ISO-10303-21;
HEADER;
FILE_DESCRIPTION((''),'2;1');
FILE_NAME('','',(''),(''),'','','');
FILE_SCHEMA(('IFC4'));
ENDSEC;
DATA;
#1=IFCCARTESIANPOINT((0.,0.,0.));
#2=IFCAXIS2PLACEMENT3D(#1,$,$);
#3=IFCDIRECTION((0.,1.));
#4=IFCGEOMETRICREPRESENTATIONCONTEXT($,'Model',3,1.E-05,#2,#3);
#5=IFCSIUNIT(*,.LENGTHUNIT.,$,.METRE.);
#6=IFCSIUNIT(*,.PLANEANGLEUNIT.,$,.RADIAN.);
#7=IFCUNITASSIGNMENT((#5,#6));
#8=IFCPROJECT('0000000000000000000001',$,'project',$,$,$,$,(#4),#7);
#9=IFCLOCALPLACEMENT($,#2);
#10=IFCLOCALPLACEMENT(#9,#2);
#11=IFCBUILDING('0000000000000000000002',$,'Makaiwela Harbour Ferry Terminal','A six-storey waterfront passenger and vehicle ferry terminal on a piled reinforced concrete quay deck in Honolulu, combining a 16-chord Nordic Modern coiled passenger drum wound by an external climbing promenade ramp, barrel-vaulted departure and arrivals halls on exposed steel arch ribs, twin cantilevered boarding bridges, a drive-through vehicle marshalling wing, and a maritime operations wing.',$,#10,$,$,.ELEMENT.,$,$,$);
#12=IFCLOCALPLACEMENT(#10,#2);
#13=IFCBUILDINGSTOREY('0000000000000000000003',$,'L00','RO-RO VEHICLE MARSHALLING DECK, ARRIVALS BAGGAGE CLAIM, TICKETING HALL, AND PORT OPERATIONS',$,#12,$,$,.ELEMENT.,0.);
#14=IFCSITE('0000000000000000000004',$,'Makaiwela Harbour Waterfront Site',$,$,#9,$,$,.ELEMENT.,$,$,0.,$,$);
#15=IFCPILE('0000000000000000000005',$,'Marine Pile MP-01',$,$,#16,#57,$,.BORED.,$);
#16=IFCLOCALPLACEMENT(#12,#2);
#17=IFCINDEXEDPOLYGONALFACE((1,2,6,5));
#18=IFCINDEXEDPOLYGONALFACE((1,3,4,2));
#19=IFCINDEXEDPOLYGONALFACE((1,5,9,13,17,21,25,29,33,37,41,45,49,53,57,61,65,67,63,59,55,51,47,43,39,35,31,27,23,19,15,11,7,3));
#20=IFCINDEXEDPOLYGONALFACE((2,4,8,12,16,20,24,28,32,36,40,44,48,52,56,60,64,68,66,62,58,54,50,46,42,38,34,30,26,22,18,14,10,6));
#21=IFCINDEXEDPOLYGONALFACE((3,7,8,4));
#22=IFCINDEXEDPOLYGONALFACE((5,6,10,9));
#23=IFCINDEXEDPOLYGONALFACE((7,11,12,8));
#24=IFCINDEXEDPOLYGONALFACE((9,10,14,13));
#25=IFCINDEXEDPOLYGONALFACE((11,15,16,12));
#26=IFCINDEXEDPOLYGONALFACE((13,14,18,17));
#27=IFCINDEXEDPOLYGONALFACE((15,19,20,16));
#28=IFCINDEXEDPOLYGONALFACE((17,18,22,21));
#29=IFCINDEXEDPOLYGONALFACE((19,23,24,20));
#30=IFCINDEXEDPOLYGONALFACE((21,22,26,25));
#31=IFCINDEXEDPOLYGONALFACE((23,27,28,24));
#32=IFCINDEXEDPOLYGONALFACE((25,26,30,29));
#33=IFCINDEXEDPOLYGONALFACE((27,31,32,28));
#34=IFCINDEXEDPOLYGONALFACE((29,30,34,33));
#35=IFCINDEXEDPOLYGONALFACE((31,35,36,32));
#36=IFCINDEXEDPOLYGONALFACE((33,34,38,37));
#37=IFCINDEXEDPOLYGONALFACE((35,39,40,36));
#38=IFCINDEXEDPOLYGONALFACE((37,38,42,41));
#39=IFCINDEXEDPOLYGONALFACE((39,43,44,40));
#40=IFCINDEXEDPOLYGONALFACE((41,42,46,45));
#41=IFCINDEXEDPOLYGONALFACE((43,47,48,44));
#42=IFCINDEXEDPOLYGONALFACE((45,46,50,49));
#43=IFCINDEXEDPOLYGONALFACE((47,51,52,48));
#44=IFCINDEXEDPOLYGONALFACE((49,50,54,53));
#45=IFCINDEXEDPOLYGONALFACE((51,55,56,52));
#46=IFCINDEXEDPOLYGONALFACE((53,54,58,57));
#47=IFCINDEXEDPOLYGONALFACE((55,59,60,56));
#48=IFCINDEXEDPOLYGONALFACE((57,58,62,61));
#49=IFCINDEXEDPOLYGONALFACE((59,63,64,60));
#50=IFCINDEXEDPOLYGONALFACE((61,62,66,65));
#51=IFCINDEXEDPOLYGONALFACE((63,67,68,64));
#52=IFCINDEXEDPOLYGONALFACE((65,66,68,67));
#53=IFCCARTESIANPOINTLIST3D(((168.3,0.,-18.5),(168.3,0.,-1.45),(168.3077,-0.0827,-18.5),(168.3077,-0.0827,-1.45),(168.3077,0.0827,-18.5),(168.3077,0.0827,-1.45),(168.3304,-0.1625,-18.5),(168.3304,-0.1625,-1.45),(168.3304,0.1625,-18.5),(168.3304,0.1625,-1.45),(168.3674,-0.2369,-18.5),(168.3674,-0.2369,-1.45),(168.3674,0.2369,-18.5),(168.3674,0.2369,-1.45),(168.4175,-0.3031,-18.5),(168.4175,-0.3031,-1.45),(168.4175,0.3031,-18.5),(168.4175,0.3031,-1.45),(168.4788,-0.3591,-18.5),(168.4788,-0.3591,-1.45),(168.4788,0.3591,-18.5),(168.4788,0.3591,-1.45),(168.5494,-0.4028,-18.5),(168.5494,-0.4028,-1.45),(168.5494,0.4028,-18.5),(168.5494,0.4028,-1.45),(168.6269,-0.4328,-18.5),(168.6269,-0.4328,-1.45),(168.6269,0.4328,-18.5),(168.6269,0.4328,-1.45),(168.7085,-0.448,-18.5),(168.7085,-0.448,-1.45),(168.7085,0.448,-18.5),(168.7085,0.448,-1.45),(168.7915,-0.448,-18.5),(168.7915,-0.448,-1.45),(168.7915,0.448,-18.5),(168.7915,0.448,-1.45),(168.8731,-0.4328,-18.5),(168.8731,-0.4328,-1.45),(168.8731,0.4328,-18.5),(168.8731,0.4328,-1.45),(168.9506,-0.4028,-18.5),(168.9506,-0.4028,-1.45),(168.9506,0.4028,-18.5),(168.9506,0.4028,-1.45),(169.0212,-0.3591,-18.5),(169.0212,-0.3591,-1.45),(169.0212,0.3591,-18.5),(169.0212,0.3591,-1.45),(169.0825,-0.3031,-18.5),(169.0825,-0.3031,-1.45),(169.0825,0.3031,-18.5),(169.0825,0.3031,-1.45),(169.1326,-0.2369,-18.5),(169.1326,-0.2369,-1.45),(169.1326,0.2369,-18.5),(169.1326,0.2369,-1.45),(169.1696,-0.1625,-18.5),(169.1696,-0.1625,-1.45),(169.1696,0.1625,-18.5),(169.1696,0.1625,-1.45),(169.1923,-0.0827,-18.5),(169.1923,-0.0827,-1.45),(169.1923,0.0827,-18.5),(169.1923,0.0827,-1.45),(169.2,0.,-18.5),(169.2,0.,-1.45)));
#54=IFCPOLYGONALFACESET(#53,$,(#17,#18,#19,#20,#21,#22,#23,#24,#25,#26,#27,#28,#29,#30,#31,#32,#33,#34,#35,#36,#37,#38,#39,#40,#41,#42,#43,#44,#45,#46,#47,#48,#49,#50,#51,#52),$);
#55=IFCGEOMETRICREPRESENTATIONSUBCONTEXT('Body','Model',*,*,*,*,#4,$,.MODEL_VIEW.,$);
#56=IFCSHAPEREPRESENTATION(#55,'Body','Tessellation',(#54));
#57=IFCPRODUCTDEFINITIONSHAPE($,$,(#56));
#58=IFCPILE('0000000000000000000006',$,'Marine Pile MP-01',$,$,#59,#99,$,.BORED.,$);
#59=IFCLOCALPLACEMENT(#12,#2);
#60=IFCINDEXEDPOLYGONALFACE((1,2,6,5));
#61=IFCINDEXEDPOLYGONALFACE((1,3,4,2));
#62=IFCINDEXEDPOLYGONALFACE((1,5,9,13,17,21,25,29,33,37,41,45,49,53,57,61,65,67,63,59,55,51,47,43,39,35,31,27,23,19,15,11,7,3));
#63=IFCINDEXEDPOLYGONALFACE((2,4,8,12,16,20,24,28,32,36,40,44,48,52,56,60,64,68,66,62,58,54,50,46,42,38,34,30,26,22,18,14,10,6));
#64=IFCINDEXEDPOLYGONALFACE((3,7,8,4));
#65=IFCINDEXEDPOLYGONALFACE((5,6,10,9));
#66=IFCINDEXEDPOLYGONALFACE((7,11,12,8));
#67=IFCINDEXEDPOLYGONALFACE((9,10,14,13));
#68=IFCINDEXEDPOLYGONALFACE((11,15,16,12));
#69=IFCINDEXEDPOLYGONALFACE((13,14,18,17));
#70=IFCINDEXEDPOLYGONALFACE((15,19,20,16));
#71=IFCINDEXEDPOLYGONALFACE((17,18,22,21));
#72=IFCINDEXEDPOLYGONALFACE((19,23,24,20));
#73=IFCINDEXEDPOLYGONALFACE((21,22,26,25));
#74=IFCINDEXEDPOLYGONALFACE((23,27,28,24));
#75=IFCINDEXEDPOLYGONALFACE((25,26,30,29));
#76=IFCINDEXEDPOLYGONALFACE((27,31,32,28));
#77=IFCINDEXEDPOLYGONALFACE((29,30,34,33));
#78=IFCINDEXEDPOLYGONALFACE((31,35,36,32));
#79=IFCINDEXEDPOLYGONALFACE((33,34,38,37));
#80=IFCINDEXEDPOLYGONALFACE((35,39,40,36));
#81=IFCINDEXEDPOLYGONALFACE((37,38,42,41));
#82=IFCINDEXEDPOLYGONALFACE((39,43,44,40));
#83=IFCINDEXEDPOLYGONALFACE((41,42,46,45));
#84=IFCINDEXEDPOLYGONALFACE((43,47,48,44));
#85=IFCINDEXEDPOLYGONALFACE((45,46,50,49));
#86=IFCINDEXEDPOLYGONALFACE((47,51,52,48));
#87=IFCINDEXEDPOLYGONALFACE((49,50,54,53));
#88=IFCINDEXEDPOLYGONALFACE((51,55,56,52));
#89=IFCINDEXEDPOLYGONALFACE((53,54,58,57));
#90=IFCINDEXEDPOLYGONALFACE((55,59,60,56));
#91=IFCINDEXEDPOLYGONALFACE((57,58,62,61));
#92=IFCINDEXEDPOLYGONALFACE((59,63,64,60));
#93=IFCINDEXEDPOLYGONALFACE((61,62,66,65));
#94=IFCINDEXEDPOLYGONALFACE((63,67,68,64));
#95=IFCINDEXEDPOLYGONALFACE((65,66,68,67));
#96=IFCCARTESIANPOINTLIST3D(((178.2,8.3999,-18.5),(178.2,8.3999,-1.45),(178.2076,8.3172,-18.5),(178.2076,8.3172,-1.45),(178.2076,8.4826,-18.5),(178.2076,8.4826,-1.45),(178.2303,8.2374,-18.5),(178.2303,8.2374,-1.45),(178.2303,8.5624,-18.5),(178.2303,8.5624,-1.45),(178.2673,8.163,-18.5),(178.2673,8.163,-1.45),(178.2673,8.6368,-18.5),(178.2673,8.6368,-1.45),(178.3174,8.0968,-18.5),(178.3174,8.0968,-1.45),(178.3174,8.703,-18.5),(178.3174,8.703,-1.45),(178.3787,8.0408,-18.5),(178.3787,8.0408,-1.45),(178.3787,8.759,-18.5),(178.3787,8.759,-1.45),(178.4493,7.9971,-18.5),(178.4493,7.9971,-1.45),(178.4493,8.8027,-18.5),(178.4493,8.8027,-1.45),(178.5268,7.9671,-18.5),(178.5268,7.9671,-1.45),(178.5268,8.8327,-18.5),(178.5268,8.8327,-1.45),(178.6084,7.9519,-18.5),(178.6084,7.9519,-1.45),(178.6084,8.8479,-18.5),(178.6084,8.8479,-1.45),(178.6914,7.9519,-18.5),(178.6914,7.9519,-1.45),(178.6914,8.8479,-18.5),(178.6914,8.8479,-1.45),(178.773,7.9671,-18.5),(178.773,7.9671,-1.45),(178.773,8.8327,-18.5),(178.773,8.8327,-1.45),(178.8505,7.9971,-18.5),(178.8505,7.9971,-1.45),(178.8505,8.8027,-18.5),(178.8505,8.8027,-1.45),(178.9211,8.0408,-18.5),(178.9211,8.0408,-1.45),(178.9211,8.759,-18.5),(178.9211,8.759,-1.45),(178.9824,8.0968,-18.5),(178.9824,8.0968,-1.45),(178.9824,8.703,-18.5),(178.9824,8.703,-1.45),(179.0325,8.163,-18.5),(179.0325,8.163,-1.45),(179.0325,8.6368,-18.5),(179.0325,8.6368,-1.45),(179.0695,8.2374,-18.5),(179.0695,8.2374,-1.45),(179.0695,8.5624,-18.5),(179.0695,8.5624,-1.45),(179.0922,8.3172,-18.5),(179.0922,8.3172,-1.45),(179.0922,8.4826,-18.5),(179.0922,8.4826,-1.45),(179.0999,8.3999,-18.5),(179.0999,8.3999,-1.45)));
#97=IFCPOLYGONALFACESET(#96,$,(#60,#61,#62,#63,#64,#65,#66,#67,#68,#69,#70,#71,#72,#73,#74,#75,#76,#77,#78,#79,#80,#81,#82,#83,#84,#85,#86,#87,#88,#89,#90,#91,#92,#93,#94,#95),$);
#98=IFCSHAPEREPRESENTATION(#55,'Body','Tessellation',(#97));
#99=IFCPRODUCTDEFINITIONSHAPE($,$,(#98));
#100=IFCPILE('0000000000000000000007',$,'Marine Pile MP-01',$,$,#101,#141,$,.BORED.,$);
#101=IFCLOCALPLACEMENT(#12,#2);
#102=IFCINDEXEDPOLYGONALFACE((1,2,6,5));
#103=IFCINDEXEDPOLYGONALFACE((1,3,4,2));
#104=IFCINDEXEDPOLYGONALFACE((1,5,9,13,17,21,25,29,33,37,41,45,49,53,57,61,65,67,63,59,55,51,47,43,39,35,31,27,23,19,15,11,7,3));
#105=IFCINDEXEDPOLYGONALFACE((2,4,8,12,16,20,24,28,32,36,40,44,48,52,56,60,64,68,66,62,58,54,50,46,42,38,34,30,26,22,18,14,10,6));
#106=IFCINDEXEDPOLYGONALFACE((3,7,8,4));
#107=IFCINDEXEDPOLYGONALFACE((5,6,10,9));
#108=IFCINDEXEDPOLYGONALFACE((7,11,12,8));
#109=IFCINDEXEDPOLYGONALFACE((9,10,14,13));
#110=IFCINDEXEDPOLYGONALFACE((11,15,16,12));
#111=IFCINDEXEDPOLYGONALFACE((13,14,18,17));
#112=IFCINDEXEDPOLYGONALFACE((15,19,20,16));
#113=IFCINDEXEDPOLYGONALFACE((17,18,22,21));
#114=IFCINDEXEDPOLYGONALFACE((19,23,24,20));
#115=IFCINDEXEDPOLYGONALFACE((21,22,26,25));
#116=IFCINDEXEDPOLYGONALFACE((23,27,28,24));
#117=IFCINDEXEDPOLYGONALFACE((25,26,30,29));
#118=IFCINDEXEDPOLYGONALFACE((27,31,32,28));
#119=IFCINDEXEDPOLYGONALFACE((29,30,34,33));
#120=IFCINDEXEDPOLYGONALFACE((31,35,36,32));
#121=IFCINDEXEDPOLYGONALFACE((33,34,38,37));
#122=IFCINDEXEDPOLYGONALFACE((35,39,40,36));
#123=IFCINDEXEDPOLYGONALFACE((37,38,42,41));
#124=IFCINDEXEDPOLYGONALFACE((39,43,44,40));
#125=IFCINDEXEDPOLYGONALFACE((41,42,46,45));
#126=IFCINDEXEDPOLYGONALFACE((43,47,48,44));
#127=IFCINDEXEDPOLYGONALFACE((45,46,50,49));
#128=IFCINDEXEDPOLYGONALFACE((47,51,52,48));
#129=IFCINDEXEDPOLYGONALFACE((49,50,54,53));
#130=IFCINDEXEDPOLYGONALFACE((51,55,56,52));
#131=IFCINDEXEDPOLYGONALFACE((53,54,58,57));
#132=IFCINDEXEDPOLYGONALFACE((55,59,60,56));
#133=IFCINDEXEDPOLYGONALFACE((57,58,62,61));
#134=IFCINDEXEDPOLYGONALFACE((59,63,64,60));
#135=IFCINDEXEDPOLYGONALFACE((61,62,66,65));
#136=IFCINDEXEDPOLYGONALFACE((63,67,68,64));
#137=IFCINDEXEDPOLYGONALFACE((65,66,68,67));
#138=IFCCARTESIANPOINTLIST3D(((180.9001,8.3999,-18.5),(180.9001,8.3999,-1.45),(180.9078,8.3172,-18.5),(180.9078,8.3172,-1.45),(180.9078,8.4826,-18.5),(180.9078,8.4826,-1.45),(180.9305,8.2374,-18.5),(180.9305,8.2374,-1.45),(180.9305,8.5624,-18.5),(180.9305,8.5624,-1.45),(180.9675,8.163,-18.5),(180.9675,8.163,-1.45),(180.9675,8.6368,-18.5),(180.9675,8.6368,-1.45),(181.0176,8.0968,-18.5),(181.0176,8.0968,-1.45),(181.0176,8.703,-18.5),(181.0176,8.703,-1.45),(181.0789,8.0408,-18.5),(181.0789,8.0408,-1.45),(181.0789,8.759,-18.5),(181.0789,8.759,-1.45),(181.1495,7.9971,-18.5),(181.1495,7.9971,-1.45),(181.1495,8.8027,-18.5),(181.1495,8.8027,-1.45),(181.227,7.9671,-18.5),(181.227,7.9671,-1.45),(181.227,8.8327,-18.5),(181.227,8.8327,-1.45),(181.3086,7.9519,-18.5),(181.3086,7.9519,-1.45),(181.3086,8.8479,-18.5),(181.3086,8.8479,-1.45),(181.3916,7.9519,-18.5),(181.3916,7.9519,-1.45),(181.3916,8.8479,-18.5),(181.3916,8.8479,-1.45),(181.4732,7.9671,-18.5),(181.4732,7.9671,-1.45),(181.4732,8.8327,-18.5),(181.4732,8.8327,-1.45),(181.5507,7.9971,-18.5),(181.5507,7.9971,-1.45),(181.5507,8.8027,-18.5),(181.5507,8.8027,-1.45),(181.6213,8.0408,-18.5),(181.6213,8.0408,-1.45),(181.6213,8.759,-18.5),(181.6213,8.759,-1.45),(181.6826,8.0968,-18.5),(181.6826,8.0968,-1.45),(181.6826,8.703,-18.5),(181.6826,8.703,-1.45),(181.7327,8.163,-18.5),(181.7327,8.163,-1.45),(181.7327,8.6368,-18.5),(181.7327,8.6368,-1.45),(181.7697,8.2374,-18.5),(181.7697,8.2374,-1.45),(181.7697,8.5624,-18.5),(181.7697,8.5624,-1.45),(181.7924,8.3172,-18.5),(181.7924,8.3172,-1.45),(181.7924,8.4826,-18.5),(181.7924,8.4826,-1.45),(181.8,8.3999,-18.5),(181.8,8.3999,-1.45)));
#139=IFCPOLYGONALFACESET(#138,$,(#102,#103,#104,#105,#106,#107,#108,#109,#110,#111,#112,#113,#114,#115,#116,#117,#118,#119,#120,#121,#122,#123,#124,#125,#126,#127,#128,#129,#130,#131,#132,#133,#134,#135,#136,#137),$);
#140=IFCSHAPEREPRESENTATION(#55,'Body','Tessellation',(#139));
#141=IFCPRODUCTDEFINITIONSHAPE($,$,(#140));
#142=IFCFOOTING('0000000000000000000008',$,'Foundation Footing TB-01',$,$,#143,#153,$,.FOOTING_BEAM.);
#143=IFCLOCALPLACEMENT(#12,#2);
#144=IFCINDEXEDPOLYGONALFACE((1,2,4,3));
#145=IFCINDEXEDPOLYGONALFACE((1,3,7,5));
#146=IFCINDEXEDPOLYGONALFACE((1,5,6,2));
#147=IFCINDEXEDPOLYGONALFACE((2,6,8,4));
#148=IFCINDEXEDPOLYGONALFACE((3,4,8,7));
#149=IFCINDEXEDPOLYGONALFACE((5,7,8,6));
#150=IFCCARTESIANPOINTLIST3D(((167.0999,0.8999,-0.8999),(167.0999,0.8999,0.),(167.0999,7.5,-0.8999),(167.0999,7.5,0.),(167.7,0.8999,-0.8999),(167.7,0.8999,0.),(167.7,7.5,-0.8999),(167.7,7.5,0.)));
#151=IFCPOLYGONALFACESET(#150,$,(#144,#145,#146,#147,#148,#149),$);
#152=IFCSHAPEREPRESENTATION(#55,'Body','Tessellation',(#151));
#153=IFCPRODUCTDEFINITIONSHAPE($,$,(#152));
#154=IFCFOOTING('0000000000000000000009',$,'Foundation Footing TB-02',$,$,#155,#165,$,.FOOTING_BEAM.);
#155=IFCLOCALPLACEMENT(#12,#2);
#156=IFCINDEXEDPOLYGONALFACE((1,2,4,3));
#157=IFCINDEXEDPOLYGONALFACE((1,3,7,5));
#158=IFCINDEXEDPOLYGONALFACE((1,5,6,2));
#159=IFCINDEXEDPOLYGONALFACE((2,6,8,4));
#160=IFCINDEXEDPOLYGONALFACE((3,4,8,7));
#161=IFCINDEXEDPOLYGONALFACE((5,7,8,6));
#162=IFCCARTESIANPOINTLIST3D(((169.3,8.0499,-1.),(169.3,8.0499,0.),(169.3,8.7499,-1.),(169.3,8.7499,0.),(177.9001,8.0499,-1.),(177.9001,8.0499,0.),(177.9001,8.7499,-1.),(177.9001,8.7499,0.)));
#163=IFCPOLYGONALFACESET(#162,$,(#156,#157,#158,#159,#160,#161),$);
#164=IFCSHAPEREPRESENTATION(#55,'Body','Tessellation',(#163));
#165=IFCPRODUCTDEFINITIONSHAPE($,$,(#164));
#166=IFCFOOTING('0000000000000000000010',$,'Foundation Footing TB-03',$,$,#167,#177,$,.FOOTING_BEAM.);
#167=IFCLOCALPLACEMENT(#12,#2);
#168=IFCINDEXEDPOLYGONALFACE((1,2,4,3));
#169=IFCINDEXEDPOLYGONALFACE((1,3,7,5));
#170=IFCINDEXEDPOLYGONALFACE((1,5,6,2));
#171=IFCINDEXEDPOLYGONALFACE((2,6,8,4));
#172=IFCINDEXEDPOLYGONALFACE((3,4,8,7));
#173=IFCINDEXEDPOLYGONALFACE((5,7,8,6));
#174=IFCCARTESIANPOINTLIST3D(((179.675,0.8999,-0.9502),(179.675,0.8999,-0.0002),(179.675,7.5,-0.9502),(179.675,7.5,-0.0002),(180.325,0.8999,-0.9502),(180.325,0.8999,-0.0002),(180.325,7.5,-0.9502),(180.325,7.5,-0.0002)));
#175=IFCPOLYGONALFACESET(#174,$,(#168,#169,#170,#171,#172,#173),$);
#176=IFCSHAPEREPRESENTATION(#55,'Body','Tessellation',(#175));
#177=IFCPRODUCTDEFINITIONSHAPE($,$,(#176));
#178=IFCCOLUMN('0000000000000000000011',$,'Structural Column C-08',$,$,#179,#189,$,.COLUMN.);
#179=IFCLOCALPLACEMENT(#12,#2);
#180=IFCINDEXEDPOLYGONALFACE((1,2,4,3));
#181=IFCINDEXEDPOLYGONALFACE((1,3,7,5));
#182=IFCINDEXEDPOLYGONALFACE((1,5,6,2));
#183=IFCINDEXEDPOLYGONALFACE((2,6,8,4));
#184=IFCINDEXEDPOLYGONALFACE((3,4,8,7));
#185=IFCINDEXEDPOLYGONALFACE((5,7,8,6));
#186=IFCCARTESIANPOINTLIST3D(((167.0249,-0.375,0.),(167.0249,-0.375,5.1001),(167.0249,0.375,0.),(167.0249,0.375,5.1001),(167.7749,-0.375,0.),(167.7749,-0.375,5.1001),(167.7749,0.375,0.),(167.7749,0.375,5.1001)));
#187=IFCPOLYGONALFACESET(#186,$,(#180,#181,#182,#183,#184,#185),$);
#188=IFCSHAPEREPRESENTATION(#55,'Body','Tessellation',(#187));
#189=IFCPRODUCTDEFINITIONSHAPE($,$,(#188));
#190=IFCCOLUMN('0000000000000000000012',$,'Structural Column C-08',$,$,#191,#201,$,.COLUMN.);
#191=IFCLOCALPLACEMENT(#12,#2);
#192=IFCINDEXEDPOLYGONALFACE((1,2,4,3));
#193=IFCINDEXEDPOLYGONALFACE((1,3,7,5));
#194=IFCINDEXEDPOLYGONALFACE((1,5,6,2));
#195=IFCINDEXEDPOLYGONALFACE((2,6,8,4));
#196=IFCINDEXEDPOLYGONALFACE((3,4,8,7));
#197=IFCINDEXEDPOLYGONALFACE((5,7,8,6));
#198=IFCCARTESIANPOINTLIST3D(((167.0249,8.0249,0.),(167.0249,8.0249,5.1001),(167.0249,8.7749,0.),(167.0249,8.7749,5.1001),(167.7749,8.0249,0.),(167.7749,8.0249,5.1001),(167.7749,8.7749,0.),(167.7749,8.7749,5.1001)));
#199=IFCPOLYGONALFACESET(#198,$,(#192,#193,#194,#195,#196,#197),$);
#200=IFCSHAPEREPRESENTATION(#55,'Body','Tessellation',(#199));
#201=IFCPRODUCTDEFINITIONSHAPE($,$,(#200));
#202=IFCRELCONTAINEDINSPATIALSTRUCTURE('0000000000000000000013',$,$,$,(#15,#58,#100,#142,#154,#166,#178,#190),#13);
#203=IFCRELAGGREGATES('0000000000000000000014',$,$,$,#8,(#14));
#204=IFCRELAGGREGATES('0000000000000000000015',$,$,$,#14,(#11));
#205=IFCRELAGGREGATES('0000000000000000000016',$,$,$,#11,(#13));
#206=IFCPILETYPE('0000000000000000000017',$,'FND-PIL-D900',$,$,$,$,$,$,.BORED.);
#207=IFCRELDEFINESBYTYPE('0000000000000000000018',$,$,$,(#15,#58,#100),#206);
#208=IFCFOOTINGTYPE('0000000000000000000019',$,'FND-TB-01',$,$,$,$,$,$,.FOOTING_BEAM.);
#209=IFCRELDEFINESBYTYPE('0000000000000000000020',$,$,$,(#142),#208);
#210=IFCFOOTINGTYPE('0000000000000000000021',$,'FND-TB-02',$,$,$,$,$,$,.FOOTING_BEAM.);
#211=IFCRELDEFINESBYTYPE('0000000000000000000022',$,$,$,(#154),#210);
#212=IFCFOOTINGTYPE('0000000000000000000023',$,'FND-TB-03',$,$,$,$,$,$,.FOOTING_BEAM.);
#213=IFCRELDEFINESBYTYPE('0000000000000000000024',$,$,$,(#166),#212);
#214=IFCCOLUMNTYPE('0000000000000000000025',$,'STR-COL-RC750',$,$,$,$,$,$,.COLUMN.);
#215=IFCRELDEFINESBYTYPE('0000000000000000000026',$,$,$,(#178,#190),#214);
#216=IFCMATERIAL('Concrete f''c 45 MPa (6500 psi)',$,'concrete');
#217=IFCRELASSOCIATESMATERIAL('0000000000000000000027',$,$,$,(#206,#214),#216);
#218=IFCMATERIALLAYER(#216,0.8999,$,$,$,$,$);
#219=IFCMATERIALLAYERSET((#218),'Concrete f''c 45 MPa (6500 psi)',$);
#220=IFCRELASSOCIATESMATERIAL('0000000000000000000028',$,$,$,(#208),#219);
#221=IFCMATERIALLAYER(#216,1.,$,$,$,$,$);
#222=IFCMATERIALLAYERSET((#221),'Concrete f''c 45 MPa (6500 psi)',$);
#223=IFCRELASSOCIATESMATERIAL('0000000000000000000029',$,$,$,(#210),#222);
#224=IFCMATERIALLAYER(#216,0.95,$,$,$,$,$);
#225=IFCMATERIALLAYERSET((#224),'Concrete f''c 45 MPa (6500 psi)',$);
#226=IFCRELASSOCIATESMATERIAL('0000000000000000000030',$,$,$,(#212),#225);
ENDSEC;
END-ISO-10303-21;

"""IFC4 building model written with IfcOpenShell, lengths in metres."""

from ifc_helpers import new_model, si_unit, direction, frame, origin, origin_2d, place, context, subcontext, project, spatial, rectangle, circle, extrude, material, layer, layer_set, material_profile, profile_set, type_object, element, save


model = new_model("IFC4")

# Units and contexts
model_context = context("Model", 3, precision=1e-05, world=origin(), true_north=direction((0.0, 1.0)))
body_context = subcontext(model_context, "Body", "Model", "MODEL_VIEW")
ifc_project = project(units=[si_unit("LENGTHUNIT", "METRE"), si_unit("PLANEANGLEUNIT", "RADIAN")], contexts=[model_context])

# Site, building, storey
site_placement = place(None, origin())
site = spatial("IfcSite", under=ifc_project, at=site_placement, Name="Makaiwela Harbour Waterfront Site", CompositionType="ELEMENT", RefElevation=0.0)
building_placement = place(site_placement, origin())
building = spatial("IfcBuilding", under=site, at=building_placement, Name="Makaiwela Harbour Ferry Terminal", Description="A six-storey waterfront passenger and vehicle ferry terminal on a piled reinforced concrete quay deck in Honolulu, combining a 16-chord Nordic Modern coiled passenger drum wound by an external climbing promenade ramp, barrel-vaulted departure and arrivals halls on exposed steel arch ribs, twin cantilevered boarding bridges, a drive-through vehicle marshalling wing, and a maritime operations wing.", CompositionType="ELEMENT")
storey_placement = place(building_placement, origin())
storey = spatial("IfcBuildingStorey", under=building, at=storey_placement, Name="L00", Description="RO-RO VEHICLE MARSHALLING DECK, ARRIVALS BAGGAGE CLAIM, TICKETING HALL, AND PORT OPERATIONS", CompositionType="ELEMENT", Elevation=0.0)

# Shared definitions
ifc_material_1 = material(Name="Concrete f'c 45 MPa (6500 psi)", Category="concrete")

# Piles
ifc_material_profile_1 = material_profile(ifc_material_1, circle(Radius=0.45, at=origin_2d()), Name="PILE-D900")
ifc_profile_set_1 = profile_set([ifc_material_profile_1], Name="Concrete f'c 45 MPa (6500 psi)")
pile_type_1 = type_object("IfcPileType", Name="FND-PIL-D900", PredefinedType="BORED", material=ifc_profile_set_1)
for number, where, z_axis, x_axis, name in (
    (1, (168.75, 0.0, -1.45), (0.0, 0.0, -1.0), (1.0, 0.0, 0.0), "Marine Pile MP-01"),
    (2, (178.6499, 8.3999, -1.45), (0.0, 0.0, -1.0), (1.0, 0.0, 0.0), "Marine Pile MP-01"),
    (3, (181.3501, 8.3999, -1.45), (0.0, 0.0, -1.0), (1.0, 0.0, 0.0), "Marine Pile MP-01"),
):
    element("IfcPile", number, at=place(storey_placement, frame(where, z_axis=z_axis, x_axis=x_axis)), inside=storey, type_object=pile_type_1, Name=name, PredefinedType="BORED", context=body_context, shape_type="SweptSolid", body=[
        extrude(circle(Radius=0.45, at=origin_2d()), origin(), (0.0, 0.0, 1.0), 17.05),
    ])

# Footings
ifc_layer_1 = layer(ifc_material_1, 0.8999)
ifc_layer_set_1 = layer_set([ifc_layer_1], Name="Concrete f'c 45 MPa (6500 psi)")
footing_type_1 = type_object("IfcFootingType", Name="FND-TB-01", PredefinedType="FOOTING_BEAM", material=ifc_layer_set_1)
footing_1_placement = place(storey_placement, frame((167.3999, 4.2, -0.8999), z_axis=(0.0, 0.0, 1.0), x_axis=(0.0, 1.0, 0.0)))
element("IfcFooting", 4, at=footing_1_placement, inside=storey, type_object=footing_type_1, Name="Foundation Footing TB-01", PredefinedType="FOOTING_BEAM", context=body_context, shape_type="SweptSolid", body=[
    extrude(rectangle(XDim=6.6001, YDim=0.6001, at=origin_2d()), origin(), (0.0, 0.0, 1.0), 0.8999),
])
ifc_layer_2 = layer(ifc_material_1, 1.0)
ifc_layer_set_2 = layer_set([ifc_layer_2], Name="Concrete f'c 45 MPa (6500 psi)")
footing_type_2 = type_object("IfcFootingType", Name="FND-TB-02", PredefinedType="FOOTING_BEAM", material=ifc_layer_set_2)
footing_2_placement = place(storey_placement, frame((173.6001, 8.3999, -1.0), z_axis=(0.0, 0.0, 1.0), x_axis=(1.0, 0.0, 0.0)))
element("IfcFooting", 5, at=footing_2_placement, inside=storey, type_object=footing_type_2, Name="Foundation Footing TB-02", PredefinedType="FOOTING_BEAM", context=body_context, shape_type="SweptSolid", body=[
    extrude(rectangle(XDim=8.6001, YDim=0.7, at=origin_2d()), origin(), (0.0, 0.0, 1.0), 1.0),
])
ifc_layer_3 = layer(ifc_material_1, 0.95)
ifc_layer_set_3 = layer_set([ifc_layer_3], Name="Concrete f'c 45 MPa (6500 psi)")
footing_type_3 = type_object("IfcFootingType", Name="FND-TB-03", PredefinedType="FOOTING_BEAM", material=ifc_layer_set_3)
footing_3_placement = place(storey_placement, frame((180.0, 4.2, -0.9502), z_axis=(0.0, 0.0, 1.0), x_axis=(0.0, 1.0, 0.0)))
element("IfcFooting", 6, at=footing_3_placement, inside=storey, type_object=footing_type_3, Name="Foundation Footing TB-03", PredefinedType="FOOTING_BEAM", context=body_context, shape_type="SweptSolid", body=[
    extrude(rectangle(XDim=6.6001, YDim=0.6499, at=origin_2d()), origin(), (0.0, 0.0, 1.0), 0.95),
])

# Columns
ifc_material_profile_2 = material_profile(ifc_material_1, rectangle(XDim=0.75, YDim=0.75, at=origin_2d()), Name="RC-750X750")
ifc_profile_set_2 = profile_set([ifc_material_profile_2], Name="Concrete f'c 45 MPa (6500 psi)")
column_type_1 = type_object("IfcColumnType", Name="STR-COL-RC750", PredefinedType="COLUMN", material=ifc_profile_set_2)
for number, where, z_axis, x_axis, name in (
    (7, (167.3999, 0.0, 0.0), (0.0, 0.0, 1.0), (1.0, 0.0, 0.0), "Structural Column C-08"),
    (8, (167.3999, 8.3999, 0.0), (0.0, 0.0, 1.0), (1.0, 0.0, 0.0), "Structural Column C-08"),
):
    element("IfcColumn", number, at=place(storey_placement, frame(where, z_axis=z_axis, x_axis=x_axis)), inside=storey, type_object=column_type_1, Name=name, PredefinedType="COLUMN", context=body_context, shape_type="SweptSolid", body=[
        extrude(rectangle(XDim=0.75, YDim=0.75, at=origin_2d()), origin(), (0.0, 0.0, 1.0), 5.1001),
    ])

save(model, "model.ifc")
